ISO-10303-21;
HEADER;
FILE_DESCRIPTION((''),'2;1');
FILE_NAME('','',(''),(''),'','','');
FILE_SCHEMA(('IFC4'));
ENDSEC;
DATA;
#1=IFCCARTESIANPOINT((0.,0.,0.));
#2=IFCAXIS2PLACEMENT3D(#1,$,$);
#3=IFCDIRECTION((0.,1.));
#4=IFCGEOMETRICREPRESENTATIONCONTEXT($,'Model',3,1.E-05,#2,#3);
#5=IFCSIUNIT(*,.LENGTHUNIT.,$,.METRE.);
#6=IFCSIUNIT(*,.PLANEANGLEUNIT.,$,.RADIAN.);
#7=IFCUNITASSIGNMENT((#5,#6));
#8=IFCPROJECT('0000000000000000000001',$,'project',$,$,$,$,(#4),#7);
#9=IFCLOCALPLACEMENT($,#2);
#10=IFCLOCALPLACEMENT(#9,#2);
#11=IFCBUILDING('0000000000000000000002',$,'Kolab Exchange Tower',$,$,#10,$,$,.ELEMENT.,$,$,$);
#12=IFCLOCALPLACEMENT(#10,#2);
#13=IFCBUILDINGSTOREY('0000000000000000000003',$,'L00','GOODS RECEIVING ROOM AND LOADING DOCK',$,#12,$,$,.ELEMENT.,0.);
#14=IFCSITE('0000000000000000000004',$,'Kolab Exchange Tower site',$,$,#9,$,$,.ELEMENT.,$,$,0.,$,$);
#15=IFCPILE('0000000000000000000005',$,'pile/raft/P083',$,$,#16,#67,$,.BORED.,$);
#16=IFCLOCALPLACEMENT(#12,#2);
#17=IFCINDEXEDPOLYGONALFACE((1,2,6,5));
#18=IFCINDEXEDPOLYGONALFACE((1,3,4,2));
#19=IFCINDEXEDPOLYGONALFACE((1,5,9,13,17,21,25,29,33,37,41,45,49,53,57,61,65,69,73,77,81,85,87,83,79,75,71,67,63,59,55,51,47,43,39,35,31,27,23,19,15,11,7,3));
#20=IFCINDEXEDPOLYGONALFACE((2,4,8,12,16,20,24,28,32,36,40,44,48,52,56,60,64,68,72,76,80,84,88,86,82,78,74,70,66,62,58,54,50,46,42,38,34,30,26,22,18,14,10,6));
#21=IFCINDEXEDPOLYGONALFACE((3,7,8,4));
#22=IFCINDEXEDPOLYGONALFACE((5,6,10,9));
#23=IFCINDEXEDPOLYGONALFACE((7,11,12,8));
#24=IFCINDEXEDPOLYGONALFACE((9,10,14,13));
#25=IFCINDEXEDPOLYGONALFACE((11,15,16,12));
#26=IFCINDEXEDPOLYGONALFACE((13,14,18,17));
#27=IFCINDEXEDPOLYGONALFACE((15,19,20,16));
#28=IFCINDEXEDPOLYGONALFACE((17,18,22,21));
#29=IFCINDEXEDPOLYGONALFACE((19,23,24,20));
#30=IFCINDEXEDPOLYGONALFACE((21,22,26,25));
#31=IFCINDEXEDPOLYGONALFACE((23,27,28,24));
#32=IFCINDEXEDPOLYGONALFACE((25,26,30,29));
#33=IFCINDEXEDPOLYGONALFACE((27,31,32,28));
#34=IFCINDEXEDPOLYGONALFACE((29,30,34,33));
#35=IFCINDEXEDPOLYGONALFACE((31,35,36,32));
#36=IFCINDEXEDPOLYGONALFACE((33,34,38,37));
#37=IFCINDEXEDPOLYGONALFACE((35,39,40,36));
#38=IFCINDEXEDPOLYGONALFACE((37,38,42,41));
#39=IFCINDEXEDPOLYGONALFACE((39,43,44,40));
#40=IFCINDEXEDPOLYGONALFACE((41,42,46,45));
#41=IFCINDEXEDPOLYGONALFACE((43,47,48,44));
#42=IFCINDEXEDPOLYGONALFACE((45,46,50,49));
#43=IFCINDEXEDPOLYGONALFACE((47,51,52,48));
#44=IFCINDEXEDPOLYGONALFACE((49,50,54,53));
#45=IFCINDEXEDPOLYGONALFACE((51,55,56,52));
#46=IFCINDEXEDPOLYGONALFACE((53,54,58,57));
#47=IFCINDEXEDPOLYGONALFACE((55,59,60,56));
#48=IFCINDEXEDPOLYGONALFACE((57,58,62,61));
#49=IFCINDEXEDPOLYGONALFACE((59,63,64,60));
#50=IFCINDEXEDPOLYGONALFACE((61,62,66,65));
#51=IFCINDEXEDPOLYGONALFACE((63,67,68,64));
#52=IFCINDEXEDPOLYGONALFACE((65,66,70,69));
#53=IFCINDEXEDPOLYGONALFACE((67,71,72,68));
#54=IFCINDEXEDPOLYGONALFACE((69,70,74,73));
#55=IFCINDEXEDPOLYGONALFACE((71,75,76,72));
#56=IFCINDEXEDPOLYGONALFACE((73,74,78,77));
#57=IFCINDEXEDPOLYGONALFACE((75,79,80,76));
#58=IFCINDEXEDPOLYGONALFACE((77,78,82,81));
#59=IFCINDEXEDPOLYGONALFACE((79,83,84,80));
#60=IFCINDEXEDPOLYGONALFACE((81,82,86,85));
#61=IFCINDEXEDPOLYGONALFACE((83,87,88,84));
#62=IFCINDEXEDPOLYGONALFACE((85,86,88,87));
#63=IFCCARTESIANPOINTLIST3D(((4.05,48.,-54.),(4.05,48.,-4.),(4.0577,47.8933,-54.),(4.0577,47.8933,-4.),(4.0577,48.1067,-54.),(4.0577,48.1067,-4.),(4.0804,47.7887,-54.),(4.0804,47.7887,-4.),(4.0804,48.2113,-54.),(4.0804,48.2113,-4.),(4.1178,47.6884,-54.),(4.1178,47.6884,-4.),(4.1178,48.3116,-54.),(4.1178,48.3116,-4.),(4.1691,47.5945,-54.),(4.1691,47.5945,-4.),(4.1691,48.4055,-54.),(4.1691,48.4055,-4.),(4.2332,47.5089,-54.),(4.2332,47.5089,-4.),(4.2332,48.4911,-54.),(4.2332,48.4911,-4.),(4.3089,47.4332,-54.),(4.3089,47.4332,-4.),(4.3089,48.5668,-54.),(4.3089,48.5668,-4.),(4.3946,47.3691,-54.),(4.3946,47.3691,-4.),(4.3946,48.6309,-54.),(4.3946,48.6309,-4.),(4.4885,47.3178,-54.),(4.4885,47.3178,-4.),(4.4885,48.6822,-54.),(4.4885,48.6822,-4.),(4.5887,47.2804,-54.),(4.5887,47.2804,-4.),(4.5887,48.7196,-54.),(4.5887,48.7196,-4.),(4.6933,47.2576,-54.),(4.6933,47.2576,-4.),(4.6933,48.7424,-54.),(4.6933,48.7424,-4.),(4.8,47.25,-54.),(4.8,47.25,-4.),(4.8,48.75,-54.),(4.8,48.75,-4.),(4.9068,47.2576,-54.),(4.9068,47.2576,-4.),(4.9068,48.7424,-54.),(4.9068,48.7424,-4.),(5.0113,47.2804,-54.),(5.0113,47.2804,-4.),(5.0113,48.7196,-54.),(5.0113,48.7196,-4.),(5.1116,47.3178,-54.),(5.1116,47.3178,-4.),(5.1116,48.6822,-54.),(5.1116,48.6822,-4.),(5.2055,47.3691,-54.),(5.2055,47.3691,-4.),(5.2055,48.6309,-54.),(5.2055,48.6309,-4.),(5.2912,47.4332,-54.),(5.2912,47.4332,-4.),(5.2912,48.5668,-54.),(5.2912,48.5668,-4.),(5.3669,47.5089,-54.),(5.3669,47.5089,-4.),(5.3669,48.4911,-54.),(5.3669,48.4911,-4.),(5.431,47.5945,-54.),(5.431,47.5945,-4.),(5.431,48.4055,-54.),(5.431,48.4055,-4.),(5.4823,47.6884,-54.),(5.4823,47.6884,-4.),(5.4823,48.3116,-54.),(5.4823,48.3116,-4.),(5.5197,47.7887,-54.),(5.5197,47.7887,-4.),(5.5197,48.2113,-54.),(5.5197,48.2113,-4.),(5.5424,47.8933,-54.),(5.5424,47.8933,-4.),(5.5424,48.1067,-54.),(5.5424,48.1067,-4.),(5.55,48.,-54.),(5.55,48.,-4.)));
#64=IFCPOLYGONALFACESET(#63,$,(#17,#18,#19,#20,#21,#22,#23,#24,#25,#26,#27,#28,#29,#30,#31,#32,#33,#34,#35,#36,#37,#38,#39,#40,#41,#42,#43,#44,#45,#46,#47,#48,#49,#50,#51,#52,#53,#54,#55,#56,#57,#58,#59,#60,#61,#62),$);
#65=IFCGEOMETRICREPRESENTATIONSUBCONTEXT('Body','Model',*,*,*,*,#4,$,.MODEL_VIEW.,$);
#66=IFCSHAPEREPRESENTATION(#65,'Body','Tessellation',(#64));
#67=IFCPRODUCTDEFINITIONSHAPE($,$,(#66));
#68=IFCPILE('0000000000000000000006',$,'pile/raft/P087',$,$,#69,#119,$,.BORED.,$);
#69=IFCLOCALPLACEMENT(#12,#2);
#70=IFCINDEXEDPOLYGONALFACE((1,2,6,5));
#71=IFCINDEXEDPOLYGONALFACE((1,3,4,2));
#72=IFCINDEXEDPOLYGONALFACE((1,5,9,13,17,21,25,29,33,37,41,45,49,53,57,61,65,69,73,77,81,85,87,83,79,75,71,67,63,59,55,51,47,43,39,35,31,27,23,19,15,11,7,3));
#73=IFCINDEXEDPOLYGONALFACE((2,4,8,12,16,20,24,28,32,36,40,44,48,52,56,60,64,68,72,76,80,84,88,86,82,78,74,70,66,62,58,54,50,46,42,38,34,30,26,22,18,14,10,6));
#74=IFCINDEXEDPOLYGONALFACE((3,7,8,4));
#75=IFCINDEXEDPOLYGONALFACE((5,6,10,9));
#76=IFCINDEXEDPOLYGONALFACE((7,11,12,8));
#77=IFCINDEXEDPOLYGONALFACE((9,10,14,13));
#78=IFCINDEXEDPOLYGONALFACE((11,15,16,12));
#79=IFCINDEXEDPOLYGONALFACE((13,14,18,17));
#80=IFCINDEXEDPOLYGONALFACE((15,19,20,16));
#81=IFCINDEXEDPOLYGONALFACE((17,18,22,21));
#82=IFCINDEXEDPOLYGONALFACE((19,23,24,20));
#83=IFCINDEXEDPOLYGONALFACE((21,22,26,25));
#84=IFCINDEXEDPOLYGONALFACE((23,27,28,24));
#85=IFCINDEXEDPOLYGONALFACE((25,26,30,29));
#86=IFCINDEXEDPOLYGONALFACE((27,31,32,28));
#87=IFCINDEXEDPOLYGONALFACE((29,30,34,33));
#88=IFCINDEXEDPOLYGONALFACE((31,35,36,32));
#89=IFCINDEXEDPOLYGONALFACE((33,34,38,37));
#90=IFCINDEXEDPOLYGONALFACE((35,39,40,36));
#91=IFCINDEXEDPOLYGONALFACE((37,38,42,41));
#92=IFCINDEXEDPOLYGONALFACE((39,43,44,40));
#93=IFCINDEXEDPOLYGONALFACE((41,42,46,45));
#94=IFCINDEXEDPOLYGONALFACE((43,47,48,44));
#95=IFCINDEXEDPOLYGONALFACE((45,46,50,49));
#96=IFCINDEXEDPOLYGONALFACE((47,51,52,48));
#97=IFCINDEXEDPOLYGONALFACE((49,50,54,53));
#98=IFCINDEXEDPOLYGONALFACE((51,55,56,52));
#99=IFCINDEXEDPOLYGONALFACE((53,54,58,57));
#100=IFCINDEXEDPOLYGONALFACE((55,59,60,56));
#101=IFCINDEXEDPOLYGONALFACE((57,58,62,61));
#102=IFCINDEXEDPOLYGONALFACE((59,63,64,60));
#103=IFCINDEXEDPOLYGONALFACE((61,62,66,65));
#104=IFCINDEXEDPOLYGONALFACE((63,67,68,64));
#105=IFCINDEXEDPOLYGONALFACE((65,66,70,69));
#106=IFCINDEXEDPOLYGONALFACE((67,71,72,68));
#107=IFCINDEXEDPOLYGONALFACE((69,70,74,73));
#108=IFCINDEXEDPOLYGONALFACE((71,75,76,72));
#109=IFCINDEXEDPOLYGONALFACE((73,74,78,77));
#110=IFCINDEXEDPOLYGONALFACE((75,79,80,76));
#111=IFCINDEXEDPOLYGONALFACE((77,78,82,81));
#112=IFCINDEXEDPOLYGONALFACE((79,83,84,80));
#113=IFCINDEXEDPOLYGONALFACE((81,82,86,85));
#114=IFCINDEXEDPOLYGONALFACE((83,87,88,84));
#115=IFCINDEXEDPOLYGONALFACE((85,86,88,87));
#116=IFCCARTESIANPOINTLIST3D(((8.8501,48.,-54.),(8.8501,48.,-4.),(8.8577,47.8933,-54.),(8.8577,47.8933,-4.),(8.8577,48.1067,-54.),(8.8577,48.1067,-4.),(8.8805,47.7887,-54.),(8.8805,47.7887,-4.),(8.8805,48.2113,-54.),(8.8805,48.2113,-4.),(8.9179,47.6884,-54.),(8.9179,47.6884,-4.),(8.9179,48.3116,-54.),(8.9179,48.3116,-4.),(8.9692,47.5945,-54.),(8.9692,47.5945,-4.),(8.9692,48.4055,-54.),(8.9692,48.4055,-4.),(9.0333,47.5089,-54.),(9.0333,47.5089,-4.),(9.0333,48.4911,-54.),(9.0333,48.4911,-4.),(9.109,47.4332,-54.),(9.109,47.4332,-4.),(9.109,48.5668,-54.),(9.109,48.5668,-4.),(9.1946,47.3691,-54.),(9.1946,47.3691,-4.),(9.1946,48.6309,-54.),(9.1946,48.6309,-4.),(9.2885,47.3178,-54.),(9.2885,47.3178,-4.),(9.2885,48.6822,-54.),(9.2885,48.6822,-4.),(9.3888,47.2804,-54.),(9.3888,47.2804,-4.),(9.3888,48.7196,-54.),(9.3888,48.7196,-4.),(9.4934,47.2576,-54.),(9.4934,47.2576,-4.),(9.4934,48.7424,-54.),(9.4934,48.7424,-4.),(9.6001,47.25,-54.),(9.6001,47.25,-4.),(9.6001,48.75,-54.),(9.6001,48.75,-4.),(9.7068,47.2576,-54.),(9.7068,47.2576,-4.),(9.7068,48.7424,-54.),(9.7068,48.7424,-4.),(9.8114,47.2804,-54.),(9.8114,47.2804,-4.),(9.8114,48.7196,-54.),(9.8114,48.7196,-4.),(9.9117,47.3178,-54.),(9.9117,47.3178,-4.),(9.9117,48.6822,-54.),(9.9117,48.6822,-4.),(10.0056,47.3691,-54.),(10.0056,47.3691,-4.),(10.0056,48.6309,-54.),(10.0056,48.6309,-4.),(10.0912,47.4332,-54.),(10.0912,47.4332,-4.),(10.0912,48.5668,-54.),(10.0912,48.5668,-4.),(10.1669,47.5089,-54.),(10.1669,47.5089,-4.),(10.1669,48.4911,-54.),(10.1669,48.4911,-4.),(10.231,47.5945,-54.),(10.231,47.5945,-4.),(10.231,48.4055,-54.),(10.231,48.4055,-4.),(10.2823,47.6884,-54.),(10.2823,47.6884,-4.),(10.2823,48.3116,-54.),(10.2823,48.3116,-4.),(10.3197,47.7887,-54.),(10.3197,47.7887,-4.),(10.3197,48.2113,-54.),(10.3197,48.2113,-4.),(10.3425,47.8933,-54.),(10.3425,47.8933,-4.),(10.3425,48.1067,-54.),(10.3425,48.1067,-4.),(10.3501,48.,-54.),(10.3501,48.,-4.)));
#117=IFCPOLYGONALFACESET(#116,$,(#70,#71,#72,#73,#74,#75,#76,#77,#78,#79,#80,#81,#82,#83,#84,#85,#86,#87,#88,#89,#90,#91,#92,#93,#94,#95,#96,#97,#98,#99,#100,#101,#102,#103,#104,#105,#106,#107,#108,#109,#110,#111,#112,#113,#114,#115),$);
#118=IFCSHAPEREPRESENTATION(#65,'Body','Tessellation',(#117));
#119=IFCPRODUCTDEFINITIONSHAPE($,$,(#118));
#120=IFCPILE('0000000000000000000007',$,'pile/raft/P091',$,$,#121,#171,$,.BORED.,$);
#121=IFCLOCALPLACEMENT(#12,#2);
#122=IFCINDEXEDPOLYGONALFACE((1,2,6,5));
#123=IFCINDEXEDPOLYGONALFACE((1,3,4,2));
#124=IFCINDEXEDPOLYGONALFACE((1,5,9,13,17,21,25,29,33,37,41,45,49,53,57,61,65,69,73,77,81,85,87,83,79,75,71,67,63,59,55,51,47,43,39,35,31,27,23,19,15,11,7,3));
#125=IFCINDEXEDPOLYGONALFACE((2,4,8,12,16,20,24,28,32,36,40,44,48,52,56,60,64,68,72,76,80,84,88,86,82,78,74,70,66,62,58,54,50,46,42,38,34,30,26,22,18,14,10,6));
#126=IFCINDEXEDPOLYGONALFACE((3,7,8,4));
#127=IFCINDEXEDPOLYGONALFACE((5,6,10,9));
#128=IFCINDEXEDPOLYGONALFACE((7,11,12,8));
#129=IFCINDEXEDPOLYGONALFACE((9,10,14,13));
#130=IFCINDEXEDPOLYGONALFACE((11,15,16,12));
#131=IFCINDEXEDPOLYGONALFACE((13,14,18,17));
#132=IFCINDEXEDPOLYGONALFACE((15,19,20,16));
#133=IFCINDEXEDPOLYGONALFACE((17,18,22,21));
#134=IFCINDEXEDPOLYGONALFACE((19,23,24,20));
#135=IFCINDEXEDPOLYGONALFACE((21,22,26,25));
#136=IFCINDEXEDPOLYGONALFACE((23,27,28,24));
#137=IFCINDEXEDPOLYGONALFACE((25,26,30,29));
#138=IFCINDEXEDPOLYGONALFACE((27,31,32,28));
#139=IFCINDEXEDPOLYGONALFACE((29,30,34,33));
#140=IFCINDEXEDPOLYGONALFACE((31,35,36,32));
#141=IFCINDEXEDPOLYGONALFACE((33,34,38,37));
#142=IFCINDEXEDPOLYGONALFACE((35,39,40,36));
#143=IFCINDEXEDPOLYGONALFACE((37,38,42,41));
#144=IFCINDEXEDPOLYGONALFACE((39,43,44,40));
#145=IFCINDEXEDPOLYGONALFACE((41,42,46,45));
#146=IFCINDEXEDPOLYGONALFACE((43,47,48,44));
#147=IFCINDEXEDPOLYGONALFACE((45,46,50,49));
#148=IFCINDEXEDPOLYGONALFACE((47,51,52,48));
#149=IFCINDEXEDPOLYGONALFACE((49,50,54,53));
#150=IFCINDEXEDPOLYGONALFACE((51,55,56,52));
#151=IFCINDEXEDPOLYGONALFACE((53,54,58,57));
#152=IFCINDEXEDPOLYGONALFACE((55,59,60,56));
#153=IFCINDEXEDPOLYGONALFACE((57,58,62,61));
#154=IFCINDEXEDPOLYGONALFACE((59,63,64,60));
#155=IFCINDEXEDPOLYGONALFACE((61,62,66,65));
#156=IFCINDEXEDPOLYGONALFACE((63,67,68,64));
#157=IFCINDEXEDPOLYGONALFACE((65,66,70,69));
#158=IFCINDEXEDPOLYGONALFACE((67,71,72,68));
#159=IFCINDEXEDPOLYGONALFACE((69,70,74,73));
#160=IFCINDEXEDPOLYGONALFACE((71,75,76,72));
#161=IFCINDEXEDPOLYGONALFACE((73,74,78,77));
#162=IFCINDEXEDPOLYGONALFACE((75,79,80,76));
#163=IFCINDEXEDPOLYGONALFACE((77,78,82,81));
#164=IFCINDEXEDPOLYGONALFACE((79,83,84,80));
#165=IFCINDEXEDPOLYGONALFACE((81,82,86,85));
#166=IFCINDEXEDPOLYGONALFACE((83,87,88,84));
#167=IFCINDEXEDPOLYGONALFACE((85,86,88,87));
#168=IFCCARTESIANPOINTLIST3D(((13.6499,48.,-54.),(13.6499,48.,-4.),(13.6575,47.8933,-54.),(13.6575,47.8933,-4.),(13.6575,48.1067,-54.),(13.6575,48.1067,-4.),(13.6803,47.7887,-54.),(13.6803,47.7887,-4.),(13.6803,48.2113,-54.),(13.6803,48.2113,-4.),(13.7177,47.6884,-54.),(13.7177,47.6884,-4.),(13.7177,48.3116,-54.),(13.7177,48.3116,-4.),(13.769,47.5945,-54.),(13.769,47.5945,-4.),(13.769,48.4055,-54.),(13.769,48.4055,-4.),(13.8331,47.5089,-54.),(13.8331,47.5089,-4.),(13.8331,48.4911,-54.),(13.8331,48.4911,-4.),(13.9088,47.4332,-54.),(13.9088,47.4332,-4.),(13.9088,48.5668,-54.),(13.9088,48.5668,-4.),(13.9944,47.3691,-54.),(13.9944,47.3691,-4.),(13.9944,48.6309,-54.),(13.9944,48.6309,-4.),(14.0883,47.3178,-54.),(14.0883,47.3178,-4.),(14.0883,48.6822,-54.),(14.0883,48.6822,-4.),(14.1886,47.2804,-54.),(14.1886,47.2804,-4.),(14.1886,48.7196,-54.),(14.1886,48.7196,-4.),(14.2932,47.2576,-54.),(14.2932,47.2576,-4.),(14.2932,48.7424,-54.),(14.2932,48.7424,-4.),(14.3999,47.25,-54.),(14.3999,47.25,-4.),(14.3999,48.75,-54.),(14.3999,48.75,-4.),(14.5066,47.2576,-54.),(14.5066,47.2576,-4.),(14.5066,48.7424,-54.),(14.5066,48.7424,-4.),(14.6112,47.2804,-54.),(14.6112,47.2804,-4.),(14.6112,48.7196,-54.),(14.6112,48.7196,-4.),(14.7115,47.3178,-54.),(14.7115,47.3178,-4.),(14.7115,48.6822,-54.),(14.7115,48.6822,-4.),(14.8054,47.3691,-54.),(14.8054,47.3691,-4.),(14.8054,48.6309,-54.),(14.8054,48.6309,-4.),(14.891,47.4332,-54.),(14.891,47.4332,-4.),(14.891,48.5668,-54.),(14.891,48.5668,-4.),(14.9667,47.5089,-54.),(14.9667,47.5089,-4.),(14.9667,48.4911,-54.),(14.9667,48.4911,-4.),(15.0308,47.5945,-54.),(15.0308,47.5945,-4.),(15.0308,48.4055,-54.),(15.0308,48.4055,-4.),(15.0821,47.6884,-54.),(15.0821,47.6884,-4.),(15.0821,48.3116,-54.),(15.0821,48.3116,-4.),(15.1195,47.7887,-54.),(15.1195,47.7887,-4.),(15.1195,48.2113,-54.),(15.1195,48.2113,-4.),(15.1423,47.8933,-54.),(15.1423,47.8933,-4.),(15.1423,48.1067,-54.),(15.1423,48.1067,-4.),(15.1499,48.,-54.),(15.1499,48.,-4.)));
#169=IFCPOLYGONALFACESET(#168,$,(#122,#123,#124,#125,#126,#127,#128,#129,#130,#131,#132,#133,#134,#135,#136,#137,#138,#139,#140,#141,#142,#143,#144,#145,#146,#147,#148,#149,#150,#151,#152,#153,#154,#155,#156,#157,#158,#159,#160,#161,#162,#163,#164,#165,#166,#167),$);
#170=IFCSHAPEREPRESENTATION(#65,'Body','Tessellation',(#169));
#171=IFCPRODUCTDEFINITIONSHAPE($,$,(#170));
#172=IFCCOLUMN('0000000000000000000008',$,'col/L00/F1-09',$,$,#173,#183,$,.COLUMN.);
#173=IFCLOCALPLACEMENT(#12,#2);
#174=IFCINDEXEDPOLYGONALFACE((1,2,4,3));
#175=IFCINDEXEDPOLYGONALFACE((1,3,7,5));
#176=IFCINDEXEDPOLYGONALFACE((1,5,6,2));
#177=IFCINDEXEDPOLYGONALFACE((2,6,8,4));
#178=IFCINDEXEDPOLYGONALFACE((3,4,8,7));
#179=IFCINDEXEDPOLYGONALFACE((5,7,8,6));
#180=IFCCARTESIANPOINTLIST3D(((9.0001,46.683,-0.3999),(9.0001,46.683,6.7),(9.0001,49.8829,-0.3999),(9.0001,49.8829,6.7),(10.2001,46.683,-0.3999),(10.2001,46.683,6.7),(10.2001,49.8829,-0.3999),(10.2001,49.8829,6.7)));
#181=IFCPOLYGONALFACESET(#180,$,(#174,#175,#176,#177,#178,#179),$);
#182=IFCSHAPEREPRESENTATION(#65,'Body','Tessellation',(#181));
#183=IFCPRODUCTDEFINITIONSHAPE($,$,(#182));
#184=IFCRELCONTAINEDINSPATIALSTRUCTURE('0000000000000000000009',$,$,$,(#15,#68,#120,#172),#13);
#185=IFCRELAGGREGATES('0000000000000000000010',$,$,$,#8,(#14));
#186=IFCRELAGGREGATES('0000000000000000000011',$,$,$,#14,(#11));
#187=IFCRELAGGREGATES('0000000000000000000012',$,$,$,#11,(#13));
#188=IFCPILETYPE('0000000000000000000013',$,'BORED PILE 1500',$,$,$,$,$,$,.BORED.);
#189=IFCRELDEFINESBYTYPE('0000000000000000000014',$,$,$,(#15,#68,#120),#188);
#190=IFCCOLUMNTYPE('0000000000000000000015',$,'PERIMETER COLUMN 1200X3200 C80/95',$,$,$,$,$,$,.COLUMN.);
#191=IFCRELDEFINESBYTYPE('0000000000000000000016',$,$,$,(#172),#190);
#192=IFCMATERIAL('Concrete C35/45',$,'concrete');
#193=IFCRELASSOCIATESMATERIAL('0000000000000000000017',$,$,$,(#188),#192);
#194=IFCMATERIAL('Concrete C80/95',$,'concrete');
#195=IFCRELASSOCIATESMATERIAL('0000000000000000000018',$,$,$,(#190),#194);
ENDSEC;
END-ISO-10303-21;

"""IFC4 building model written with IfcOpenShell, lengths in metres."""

from ifc_helpers import new_model, si_unit, direction, frame, origin, origin_2d, place, context, subcontext, project, spatial, rectangle, circle, extrude, material, material_profile, profile_set, type_object, element, save


model = new_model("IFC4")

# Units and contexts
model_context = context("Model", 3, precision=1e-05, world=origin(), true_north=direction((0.0, 1.0)))
body_context = subcontext(model_context, "Body", "Model", "MODEL_VIEW")
ifc_project = project(units=[si_unit("LENGTHUNIT", "METRE"), si_unit("PLANEANGLEUNIT", "RADIAN")], contexts=[model_context])

# Site, building, storey
site_placement = place(None, origin())
site = spatial("IfcSite", under=ifc_project, at=site_placement, Name="Kolab Exchange Tower site", CompositionType="ELEMENT", RefElevation=0.0)
building_placement = place(site_placement, origin())
building = spatial("IfcBuilding", under=site, at=building_placement, Name="Kolab Exchange Tower", CompositionType="ELEMENT")
storey_placement = place(building_placement, origin())
storey = spatial("IfcBuildingStorey", under=building, at=storey_placement, Name="L00", Description="GOODS RECEIVING ROOM AND LOADING DOCK", CompositionType="ELEMENT", Elevation=0.0)

# Piles
ifc_material_1 = material(Name="Concrete C35/45", Category="concrete")
ifc_material_profile_1 = material_profile(ifc_material_1, circle(Radius=0.75, at=origin_2d()), Name="BP1500")
ifc_profile_set_1 = profile_set([ifc_material_profile_1], Name="Concrete C35/45")
pile_type = type_object("IfcPileType", Name="BORED PILE 1500", PredefinedType="BORED", material=ifc_profile_set_1)
for number, where, z_axis, x_axis, name in (
    (1, (4.8, 48.0, -4.0), (0.0, 0.0, -1.0), (1.0, 0.0, 0.0), "pile/raft/P083"),
    (2, (9.6001, 48.0, -4.0), (0.0, 0.0, -1.0), (1.0, 0.0, 0.0), "pile/raft/P087"),
    (3, (14.3999, 48.0, -4.0), (0.0, 0.0, -1.0), (1.0, 0.0, 0.0), "pile/raft/P091"),
):
    element("IfcPile", number, at=place(storey_placement, frame(where, z_axis=z_axis, x_axis=x_axis)), inside=storey, type_object=pile_type, Name=name, PredefinedType="BORED", context=body_context, shape_type="SweptSolid", body=[
        extrude(circle(Radius=0.75, at=origin_2d()), origin(), (0.0, 0.0, 1.0), 50.0),
    ])

# Column
ifc_material_2 = material(Name="Concrete C80/95", Category="concrete")
ifc_material_profile_2 = material_profile(ifc_material_2, rectangle(XDim=1.2, YDim=3.2, at=origin_2d()), Name="RC1200X3200")
ifc_profile_set_2 = profile_set([ifc_material_profile_2], Name="Concrete C80/95")
column_type = type_object("IfcColumnType", Name="PERIMETER COLUMN 1200X3200 C80/95", PredefinedType="COLUMN", material=ifc_profile_set_2)
column_placement = place(storey_placement, frame((9.6001, 48.283, -0.3999), z_axis=(0.0, 0.0, 1.0), x_axis=(1.0, 0.0, 0.0)))
element("IfcColumn", 4, at=column_placement, inside=storey, type_object=column_type, Name="col/L00/F1-09", PredefinedType="COLUMN", context=body_context, shape_type="SweptSolid", body=[
    extrude(rectangle(XDim=1.2, YDim=3.2, at=origin_2d()), origin(), (0.0, 0.0, 1.0), 7.0999),
])

save(model, "model.ifc")
